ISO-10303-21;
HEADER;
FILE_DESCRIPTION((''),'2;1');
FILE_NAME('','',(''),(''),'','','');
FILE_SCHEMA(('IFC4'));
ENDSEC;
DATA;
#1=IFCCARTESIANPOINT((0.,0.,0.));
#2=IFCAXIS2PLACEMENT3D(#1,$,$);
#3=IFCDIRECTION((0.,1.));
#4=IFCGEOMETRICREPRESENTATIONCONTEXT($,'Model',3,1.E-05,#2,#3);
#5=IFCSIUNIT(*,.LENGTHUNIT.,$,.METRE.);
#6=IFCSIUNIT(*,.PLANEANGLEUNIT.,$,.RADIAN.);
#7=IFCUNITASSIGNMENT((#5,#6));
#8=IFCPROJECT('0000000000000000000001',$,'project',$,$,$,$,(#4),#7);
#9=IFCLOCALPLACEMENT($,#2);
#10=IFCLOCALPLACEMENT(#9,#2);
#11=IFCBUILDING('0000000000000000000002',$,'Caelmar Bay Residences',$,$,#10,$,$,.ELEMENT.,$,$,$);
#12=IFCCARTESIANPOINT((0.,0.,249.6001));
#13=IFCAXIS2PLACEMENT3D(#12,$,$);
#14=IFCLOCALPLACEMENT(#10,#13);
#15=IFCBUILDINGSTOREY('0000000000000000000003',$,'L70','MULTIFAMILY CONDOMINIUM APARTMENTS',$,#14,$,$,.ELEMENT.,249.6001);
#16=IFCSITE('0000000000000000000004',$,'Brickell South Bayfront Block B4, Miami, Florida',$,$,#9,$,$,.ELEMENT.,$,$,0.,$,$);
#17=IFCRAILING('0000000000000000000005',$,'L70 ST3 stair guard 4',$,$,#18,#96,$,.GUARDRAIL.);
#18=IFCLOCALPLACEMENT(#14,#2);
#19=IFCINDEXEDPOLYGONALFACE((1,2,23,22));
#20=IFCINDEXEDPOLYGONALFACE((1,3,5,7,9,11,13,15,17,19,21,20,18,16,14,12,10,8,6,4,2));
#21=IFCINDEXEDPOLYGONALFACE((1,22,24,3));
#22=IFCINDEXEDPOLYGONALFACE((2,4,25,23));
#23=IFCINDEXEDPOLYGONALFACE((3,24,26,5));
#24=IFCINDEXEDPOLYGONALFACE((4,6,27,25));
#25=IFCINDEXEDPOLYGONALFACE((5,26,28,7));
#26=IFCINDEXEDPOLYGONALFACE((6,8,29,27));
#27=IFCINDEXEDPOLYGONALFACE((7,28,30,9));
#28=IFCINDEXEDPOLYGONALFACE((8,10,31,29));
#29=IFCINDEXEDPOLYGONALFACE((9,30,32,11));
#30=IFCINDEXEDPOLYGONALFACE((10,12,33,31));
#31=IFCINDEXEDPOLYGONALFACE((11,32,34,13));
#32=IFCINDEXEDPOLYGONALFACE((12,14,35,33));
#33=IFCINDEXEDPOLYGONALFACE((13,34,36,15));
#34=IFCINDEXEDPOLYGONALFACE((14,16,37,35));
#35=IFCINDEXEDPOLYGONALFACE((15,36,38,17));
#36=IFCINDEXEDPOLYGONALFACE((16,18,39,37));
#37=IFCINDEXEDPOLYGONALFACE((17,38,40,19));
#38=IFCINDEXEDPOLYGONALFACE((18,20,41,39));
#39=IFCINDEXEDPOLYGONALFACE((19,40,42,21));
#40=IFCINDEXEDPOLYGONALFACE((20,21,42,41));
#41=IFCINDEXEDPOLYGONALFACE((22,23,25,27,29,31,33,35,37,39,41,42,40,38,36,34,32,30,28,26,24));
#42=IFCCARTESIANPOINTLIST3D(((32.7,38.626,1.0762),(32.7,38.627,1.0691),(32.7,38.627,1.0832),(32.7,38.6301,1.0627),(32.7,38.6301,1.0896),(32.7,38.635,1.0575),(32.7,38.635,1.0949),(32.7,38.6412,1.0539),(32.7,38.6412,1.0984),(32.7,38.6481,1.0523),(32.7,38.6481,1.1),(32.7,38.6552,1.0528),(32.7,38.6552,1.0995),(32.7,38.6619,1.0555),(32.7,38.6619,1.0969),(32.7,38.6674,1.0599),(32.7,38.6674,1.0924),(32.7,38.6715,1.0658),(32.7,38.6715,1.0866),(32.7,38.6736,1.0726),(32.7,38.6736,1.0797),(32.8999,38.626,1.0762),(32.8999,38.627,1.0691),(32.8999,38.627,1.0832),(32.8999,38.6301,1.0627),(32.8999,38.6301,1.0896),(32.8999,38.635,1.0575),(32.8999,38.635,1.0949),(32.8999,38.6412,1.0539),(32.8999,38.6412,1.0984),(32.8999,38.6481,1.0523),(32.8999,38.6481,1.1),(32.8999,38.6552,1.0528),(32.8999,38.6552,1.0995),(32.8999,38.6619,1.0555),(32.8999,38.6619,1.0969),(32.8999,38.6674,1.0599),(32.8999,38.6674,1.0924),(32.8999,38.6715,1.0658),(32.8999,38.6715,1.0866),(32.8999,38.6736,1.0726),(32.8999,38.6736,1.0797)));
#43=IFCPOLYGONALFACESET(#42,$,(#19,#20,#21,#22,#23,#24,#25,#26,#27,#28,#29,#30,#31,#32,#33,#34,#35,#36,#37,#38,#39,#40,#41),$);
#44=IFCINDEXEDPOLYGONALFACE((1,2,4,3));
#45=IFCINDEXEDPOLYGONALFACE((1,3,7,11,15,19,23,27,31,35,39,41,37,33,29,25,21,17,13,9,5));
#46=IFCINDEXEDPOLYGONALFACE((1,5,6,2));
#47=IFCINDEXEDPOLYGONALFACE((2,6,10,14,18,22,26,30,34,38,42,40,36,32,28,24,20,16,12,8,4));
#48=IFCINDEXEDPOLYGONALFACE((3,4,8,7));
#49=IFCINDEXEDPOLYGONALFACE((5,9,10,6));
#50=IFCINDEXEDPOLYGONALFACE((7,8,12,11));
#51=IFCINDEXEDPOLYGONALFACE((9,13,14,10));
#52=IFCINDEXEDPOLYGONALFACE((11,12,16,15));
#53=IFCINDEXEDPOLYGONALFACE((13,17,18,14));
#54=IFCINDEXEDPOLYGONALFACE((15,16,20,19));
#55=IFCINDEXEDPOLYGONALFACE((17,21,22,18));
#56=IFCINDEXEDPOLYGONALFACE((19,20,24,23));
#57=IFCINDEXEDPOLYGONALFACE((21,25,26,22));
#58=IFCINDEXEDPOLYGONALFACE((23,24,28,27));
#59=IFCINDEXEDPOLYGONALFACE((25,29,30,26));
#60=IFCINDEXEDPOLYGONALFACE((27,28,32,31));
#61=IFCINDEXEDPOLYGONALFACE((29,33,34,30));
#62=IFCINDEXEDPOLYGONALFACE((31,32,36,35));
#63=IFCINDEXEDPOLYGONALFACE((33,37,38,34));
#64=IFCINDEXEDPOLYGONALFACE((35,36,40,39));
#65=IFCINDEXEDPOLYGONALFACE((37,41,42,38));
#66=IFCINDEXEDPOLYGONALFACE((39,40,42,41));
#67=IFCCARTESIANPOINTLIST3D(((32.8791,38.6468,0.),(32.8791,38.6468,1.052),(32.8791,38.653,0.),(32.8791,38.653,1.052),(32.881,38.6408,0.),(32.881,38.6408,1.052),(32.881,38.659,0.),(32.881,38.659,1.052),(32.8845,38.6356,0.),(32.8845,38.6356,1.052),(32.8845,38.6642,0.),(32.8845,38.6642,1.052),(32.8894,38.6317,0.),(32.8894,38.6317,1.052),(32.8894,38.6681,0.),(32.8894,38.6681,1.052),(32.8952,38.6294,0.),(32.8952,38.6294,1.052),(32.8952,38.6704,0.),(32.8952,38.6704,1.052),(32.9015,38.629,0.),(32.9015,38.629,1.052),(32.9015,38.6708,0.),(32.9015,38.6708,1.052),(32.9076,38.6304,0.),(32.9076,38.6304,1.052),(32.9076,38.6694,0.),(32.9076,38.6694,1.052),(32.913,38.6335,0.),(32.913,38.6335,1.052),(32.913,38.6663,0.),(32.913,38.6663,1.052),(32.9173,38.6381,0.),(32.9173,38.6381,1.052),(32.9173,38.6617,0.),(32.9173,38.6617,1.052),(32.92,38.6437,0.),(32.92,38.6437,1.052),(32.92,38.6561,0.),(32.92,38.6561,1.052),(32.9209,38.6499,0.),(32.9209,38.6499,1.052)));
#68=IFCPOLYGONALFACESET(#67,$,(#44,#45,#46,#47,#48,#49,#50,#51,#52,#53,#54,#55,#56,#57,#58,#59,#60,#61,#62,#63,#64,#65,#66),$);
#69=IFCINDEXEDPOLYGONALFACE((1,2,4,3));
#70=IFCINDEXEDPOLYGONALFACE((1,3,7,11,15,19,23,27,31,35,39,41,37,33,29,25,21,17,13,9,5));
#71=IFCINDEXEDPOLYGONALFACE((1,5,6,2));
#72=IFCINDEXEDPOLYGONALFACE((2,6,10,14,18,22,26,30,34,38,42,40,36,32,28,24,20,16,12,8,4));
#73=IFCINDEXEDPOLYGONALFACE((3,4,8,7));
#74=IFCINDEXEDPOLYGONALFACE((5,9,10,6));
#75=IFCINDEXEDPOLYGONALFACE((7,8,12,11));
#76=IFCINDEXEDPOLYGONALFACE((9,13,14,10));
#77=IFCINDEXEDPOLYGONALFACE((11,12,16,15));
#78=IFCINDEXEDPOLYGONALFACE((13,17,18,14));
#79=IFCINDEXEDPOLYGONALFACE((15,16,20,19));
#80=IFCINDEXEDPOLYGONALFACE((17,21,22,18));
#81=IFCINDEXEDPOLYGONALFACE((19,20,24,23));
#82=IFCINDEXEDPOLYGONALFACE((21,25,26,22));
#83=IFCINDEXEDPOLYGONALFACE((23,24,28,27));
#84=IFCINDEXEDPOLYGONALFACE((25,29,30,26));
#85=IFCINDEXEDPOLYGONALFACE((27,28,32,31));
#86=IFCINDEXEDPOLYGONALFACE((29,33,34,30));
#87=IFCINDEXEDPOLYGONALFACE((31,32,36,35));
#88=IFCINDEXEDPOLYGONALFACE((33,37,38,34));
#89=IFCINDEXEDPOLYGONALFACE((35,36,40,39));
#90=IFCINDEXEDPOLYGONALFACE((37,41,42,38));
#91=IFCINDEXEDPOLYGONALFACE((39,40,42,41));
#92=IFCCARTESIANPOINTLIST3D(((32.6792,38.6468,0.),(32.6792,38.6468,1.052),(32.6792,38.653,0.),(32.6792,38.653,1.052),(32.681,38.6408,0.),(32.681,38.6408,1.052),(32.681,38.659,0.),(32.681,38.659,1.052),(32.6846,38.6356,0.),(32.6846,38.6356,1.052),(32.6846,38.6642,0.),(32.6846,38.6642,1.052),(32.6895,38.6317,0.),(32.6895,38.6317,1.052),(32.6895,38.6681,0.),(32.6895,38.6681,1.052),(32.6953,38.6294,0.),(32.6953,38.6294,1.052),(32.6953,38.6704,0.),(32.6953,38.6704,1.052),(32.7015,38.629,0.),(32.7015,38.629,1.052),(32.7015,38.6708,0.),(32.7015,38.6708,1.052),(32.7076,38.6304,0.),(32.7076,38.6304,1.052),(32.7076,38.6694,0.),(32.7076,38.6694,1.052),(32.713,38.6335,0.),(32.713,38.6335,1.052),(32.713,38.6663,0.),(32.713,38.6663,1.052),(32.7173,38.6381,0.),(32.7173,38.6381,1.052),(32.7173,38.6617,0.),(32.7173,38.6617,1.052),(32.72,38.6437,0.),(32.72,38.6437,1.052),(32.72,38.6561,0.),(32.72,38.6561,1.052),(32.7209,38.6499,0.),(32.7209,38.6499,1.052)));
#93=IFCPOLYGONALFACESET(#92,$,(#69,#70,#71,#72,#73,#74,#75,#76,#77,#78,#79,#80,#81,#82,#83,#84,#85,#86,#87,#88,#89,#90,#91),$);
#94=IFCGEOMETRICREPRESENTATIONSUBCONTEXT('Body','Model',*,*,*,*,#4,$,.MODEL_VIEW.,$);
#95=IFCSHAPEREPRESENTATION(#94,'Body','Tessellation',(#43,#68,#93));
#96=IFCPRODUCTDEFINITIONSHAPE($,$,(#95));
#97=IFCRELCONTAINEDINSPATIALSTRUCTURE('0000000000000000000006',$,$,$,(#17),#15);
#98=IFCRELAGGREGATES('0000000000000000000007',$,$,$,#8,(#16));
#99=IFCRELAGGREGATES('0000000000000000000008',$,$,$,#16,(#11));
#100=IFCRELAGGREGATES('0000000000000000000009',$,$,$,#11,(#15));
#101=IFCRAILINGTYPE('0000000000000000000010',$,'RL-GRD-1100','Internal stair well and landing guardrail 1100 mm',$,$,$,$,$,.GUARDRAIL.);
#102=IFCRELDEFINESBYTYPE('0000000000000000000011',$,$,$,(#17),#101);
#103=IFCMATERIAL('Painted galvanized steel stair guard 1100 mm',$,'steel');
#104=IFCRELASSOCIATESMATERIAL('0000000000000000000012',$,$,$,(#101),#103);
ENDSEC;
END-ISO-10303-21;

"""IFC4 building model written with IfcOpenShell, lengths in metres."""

from ifc_helpers import new_model, si_unit, direction, frame, origin, origin_2d, place, context, subcontext, project, spatial, circle, extrude, material, type_object, element, save


model = new_model("IFC4")

# Units and contexts
model_context = context("Model", 3, precision=1e-05, world=origin(), true_north=direction((0.0, 1.0)))
body_context = subcontext(model_context, "Body", "Model", "MODEL_VIEW")
ifc_project = project(units=[si_unit("LENGTHUNIT", "METRE"), si_unit("PLANEANGLEUNIT", "RADIAN")], contexts=[model_context])

# Site, building, storey
site_placement = place(None, origin())
site = spatial("IfcSite", under=ifc_project, at=site_placement, Name="Brickell South Bayfront Block B4, Miami, Florida", CompositionType="ELEMENT", RefElevation=0.0)
building_placement = place(site_placement, origin())
building = spatial("IfcBuilding", under=site, at=building_placement, Name="Caelmar Bay Residences", CompositionType="ELEMENT")
storey_placement = place(building_placement, frame((0.0, 0.0, 249.6001)))
storey = spatial("IfcBuildingStorey", under=building, at=storey_placement, Name="L70", Description="MULTIFAMILY CONDOMINIUM APARTMENTS", CompositionType="ELEMENT", Elevation=249.6001)

# Railing
ifc_material_1 = material(Name="Painted galvanized steel stair guard 1100 mm", Category="steel")
railing_type_1 = type_object("IfcRailingType", Name="RL-GRD-1100", Description="Internal stair well and landing guardrail 1100 mm", PredefinedType="GUARDRAIL", material=ifc_material_1)
railing_1_placement = place(storey_placement, frame((32.8999, 38.6499, 0.0)))
element("IfcRailing", 1, at=railing_1_placement, inside=storey, type_object=railing_type_1, Name="L70 ST3 stair guard 4", PredefinedType="GUARDRAIL", context=body_context, shape_type="SweptSolid", body=[
    extrude(circle(Radius=0.0239, at=origin_2d()), frame((0.0, 0.0, 1.0762), z_axis=(-1.0, 0.0, 0.0), x_axis=(0.0, -1.0, 0.0)), (0.0, 0.0, 1.0), 0.2),
    extrude(circle(Radius=0.021, at=origin_2d()), origin(), (0.0, 0.0, 1.0), 1.052),
    extrude(circle(Radius=0.021, at=origin_2d()), frame((-0.2, 0.0, 0.0)), (0.0, 0.0, 1.0), 1.052),
])

save(model, "model.ifc")
